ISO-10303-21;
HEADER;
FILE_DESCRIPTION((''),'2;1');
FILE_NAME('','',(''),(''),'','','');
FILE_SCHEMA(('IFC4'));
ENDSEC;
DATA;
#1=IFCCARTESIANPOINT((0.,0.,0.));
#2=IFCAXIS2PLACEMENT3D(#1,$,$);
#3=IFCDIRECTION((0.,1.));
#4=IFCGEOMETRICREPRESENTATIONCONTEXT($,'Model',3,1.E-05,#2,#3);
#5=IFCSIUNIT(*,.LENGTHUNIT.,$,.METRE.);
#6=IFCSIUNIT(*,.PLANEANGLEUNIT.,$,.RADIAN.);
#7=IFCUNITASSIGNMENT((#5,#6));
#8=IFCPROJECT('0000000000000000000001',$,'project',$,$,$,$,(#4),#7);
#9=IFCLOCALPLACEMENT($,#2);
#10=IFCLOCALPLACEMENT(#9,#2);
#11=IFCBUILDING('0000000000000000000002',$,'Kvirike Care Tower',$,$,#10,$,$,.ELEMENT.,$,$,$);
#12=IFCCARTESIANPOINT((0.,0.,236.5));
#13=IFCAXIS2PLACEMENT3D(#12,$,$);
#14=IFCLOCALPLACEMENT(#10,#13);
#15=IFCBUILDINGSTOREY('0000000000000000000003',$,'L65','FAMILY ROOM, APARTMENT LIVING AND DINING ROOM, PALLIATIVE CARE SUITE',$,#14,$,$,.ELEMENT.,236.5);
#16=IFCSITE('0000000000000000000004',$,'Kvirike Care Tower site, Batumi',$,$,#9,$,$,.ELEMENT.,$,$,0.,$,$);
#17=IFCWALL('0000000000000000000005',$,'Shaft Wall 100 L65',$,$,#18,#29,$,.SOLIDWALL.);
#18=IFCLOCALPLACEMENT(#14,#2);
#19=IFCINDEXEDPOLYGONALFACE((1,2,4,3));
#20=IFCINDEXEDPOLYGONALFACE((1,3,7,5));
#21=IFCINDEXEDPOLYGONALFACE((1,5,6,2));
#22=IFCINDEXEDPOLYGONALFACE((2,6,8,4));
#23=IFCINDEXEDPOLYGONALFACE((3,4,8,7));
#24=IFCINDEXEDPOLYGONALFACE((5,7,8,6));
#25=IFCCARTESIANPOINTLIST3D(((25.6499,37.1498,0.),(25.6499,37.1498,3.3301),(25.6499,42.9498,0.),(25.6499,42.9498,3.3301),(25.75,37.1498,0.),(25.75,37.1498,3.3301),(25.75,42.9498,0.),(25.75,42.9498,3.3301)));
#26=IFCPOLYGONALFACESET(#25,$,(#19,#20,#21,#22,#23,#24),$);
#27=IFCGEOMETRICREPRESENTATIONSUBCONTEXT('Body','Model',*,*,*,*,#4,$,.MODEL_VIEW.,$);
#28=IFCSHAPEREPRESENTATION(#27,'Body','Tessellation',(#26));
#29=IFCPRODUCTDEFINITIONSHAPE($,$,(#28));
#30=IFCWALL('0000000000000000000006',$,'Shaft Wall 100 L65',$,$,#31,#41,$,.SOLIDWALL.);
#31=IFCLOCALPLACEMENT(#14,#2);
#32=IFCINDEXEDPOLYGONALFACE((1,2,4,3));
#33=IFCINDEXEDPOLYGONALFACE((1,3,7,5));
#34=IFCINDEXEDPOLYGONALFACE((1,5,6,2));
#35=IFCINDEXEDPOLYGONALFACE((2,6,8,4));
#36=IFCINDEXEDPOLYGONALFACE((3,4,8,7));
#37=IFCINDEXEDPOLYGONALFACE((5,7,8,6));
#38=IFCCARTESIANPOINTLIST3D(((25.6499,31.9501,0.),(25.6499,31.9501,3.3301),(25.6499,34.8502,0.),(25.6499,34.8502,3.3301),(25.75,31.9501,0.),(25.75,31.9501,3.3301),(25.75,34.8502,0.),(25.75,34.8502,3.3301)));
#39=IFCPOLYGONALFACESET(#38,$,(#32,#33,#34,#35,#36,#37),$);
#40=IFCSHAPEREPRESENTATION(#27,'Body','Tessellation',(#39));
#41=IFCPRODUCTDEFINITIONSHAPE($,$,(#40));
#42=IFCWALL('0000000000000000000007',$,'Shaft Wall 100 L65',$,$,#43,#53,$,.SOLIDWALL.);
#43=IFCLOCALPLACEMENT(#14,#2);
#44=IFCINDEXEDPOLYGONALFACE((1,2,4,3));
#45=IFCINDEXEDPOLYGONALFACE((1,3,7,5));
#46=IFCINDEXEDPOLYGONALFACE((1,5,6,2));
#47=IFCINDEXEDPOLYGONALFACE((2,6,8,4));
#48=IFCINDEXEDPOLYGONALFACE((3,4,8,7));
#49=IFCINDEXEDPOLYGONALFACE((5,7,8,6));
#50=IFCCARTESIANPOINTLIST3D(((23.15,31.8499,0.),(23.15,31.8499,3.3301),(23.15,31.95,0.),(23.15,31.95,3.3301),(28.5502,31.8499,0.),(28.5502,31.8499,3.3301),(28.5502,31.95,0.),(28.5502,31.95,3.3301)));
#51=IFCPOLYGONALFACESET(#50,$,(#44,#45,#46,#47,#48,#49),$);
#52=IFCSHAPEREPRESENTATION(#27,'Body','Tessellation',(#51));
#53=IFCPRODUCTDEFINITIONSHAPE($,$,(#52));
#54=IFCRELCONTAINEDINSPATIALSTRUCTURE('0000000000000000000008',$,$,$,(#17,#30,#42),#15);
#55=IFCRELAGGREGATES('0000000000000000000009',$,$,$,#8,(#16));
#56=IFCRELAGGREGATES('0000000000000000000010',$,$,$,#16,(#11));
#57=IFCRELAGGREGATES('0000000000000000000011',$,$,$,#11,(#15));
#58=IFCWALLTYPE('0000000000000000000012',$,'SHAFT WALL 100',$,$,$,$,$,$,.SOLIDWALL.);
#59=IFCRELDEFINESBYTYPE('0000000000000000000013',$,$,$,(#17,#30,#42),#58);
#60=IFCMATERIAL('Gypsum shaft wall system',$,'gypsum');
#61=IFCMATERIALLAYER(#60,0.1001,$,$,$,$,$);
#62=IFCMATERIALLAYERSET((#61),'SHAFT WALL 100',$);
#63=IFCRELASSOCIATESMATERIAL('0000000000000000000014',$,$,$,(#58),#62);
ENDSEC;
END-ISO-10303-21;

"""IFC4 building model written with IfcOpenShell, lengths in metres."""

from ifc_helpers import new_model, si_unit, direction, frame, frame_2d, origin, place, context, subcontext, project, spatial, rectangle, extrude, material, layer, layer_set, type_object, element, save


model = new_model("IFC4")

# Units and contexts
model_context = context("Model", 3, precision=1e-05, world=origin(), true_north=direction((0.0, 1.0)))
body_context = subcontext(model_context, "Body", "Model", "MODEL_VIEW")
ifc_project = project(units=[si_unit("LENGTHUNIT", "METRE"), si_unit("PLANEANGLEUNIT", "RADIAN")], contexts=[model_context])

# Site, building, storey
site_placement = place(None, origin())
site = spatial("IfcSite", under=ifc_project, at=site_placement, Name="Kvirike Care Tower site, Batumi", CompositionType="ELEMENT", RefElevation=0.0)
building_placement = place(site_placement, origin())
building = spatial("IfcBuilding", under=site, at=building_placement, Name="Kvirike Care Tower", CompositionType="ELEMENT")
storey_placement = place(building_placement, frame((0.0, 0.0, 236.5)))
storey = spatial("IfcBuildingStorey", under=building, at=storey_placement, Name="L65", Description="FAMILY ROOM, APARTMENT LIVING AND DINING ROOM, PALLIATIVE CARE SUITE", CompositionType="ELEMENT", Elevation=236.5)

# Shared definitions
ifc_material_1 = material(Name="Gypsum shaft wall system", Category="gypsum")
ifc_layer_1 = layer(ifc_material_1, 0.1001)
ifc_layer_set_1 = layer_set([ifc_layer_1], Name="SHAFT WALL 100")
wall_type = type_object("IfcWallType", Name="SHAFT WALL 100", PredefinedType="SOLIDWALL", material=ifc_layer_set_1)

# Walls
wall_1_placement = place(storey_placement, frame((25.7, 37.1499, 0.0), z_axis=(0.0, 0.0, 1.0), x_axis=(0.0, 1.0, 0.0)))
element("IfcWall", 1, at=wall_1_placement, inside=storey, type_object=wall_type, Name="Shaft Wall 100 L65", PredefinedType="SOLIDWALL", context=body_context, shape_type="SweptSolid", body=[
    extrude(rectangle(XDim=5.8, YDim=0.1001, at=frame_2d((2.8999, 0.0))), origin(), (0.0, 0.0, 1.0), 3.3301),
])
wall_2_placement = place(storey_placement, frame((25.7, 31.95, 0.0), z_axis=(0.0, 0.0, 1.0), x_axis=(0.0, 1.0, 0.0)))
element("IfcWall", 2, at=wall_2_placement, inside=storey, type_object=wall_type, Name="Shaft Wall 100 L65", PredefinedType="SOLIDWALL", context=body_context, shape_type="SweptSolid", body=[
    extrude(rectangle(XDim=2.9001, YDim=0.1001, at=frame_2d((1.4502, 0.0))), origin(), (0.0, 0.0, 1.0), 3.3301),
])
wall_3_placement = place(storey_placement, frame((23.1499, 31.8999, 0.0), z_axis=(0.0, 0.0, 1.0), x_axis=(1.0, 0.0, 0.0)))
element("IfcWall", 3, at=wall_3_placement, inside=storey, type_object=wall_type, Name="Shaft Wall 100 L65", PredefinedType="SOLIDWALL", context=body_context, shape_type="SweptSolid", body=[
    extrude(rectangle(XDim=5.4001, YDim=0.1001, at=frame_2d((2.7002, 0.0))), origin(), (0.0, 0.0, 1.0), 3.3301),
])

save(model, "model.ifc")
